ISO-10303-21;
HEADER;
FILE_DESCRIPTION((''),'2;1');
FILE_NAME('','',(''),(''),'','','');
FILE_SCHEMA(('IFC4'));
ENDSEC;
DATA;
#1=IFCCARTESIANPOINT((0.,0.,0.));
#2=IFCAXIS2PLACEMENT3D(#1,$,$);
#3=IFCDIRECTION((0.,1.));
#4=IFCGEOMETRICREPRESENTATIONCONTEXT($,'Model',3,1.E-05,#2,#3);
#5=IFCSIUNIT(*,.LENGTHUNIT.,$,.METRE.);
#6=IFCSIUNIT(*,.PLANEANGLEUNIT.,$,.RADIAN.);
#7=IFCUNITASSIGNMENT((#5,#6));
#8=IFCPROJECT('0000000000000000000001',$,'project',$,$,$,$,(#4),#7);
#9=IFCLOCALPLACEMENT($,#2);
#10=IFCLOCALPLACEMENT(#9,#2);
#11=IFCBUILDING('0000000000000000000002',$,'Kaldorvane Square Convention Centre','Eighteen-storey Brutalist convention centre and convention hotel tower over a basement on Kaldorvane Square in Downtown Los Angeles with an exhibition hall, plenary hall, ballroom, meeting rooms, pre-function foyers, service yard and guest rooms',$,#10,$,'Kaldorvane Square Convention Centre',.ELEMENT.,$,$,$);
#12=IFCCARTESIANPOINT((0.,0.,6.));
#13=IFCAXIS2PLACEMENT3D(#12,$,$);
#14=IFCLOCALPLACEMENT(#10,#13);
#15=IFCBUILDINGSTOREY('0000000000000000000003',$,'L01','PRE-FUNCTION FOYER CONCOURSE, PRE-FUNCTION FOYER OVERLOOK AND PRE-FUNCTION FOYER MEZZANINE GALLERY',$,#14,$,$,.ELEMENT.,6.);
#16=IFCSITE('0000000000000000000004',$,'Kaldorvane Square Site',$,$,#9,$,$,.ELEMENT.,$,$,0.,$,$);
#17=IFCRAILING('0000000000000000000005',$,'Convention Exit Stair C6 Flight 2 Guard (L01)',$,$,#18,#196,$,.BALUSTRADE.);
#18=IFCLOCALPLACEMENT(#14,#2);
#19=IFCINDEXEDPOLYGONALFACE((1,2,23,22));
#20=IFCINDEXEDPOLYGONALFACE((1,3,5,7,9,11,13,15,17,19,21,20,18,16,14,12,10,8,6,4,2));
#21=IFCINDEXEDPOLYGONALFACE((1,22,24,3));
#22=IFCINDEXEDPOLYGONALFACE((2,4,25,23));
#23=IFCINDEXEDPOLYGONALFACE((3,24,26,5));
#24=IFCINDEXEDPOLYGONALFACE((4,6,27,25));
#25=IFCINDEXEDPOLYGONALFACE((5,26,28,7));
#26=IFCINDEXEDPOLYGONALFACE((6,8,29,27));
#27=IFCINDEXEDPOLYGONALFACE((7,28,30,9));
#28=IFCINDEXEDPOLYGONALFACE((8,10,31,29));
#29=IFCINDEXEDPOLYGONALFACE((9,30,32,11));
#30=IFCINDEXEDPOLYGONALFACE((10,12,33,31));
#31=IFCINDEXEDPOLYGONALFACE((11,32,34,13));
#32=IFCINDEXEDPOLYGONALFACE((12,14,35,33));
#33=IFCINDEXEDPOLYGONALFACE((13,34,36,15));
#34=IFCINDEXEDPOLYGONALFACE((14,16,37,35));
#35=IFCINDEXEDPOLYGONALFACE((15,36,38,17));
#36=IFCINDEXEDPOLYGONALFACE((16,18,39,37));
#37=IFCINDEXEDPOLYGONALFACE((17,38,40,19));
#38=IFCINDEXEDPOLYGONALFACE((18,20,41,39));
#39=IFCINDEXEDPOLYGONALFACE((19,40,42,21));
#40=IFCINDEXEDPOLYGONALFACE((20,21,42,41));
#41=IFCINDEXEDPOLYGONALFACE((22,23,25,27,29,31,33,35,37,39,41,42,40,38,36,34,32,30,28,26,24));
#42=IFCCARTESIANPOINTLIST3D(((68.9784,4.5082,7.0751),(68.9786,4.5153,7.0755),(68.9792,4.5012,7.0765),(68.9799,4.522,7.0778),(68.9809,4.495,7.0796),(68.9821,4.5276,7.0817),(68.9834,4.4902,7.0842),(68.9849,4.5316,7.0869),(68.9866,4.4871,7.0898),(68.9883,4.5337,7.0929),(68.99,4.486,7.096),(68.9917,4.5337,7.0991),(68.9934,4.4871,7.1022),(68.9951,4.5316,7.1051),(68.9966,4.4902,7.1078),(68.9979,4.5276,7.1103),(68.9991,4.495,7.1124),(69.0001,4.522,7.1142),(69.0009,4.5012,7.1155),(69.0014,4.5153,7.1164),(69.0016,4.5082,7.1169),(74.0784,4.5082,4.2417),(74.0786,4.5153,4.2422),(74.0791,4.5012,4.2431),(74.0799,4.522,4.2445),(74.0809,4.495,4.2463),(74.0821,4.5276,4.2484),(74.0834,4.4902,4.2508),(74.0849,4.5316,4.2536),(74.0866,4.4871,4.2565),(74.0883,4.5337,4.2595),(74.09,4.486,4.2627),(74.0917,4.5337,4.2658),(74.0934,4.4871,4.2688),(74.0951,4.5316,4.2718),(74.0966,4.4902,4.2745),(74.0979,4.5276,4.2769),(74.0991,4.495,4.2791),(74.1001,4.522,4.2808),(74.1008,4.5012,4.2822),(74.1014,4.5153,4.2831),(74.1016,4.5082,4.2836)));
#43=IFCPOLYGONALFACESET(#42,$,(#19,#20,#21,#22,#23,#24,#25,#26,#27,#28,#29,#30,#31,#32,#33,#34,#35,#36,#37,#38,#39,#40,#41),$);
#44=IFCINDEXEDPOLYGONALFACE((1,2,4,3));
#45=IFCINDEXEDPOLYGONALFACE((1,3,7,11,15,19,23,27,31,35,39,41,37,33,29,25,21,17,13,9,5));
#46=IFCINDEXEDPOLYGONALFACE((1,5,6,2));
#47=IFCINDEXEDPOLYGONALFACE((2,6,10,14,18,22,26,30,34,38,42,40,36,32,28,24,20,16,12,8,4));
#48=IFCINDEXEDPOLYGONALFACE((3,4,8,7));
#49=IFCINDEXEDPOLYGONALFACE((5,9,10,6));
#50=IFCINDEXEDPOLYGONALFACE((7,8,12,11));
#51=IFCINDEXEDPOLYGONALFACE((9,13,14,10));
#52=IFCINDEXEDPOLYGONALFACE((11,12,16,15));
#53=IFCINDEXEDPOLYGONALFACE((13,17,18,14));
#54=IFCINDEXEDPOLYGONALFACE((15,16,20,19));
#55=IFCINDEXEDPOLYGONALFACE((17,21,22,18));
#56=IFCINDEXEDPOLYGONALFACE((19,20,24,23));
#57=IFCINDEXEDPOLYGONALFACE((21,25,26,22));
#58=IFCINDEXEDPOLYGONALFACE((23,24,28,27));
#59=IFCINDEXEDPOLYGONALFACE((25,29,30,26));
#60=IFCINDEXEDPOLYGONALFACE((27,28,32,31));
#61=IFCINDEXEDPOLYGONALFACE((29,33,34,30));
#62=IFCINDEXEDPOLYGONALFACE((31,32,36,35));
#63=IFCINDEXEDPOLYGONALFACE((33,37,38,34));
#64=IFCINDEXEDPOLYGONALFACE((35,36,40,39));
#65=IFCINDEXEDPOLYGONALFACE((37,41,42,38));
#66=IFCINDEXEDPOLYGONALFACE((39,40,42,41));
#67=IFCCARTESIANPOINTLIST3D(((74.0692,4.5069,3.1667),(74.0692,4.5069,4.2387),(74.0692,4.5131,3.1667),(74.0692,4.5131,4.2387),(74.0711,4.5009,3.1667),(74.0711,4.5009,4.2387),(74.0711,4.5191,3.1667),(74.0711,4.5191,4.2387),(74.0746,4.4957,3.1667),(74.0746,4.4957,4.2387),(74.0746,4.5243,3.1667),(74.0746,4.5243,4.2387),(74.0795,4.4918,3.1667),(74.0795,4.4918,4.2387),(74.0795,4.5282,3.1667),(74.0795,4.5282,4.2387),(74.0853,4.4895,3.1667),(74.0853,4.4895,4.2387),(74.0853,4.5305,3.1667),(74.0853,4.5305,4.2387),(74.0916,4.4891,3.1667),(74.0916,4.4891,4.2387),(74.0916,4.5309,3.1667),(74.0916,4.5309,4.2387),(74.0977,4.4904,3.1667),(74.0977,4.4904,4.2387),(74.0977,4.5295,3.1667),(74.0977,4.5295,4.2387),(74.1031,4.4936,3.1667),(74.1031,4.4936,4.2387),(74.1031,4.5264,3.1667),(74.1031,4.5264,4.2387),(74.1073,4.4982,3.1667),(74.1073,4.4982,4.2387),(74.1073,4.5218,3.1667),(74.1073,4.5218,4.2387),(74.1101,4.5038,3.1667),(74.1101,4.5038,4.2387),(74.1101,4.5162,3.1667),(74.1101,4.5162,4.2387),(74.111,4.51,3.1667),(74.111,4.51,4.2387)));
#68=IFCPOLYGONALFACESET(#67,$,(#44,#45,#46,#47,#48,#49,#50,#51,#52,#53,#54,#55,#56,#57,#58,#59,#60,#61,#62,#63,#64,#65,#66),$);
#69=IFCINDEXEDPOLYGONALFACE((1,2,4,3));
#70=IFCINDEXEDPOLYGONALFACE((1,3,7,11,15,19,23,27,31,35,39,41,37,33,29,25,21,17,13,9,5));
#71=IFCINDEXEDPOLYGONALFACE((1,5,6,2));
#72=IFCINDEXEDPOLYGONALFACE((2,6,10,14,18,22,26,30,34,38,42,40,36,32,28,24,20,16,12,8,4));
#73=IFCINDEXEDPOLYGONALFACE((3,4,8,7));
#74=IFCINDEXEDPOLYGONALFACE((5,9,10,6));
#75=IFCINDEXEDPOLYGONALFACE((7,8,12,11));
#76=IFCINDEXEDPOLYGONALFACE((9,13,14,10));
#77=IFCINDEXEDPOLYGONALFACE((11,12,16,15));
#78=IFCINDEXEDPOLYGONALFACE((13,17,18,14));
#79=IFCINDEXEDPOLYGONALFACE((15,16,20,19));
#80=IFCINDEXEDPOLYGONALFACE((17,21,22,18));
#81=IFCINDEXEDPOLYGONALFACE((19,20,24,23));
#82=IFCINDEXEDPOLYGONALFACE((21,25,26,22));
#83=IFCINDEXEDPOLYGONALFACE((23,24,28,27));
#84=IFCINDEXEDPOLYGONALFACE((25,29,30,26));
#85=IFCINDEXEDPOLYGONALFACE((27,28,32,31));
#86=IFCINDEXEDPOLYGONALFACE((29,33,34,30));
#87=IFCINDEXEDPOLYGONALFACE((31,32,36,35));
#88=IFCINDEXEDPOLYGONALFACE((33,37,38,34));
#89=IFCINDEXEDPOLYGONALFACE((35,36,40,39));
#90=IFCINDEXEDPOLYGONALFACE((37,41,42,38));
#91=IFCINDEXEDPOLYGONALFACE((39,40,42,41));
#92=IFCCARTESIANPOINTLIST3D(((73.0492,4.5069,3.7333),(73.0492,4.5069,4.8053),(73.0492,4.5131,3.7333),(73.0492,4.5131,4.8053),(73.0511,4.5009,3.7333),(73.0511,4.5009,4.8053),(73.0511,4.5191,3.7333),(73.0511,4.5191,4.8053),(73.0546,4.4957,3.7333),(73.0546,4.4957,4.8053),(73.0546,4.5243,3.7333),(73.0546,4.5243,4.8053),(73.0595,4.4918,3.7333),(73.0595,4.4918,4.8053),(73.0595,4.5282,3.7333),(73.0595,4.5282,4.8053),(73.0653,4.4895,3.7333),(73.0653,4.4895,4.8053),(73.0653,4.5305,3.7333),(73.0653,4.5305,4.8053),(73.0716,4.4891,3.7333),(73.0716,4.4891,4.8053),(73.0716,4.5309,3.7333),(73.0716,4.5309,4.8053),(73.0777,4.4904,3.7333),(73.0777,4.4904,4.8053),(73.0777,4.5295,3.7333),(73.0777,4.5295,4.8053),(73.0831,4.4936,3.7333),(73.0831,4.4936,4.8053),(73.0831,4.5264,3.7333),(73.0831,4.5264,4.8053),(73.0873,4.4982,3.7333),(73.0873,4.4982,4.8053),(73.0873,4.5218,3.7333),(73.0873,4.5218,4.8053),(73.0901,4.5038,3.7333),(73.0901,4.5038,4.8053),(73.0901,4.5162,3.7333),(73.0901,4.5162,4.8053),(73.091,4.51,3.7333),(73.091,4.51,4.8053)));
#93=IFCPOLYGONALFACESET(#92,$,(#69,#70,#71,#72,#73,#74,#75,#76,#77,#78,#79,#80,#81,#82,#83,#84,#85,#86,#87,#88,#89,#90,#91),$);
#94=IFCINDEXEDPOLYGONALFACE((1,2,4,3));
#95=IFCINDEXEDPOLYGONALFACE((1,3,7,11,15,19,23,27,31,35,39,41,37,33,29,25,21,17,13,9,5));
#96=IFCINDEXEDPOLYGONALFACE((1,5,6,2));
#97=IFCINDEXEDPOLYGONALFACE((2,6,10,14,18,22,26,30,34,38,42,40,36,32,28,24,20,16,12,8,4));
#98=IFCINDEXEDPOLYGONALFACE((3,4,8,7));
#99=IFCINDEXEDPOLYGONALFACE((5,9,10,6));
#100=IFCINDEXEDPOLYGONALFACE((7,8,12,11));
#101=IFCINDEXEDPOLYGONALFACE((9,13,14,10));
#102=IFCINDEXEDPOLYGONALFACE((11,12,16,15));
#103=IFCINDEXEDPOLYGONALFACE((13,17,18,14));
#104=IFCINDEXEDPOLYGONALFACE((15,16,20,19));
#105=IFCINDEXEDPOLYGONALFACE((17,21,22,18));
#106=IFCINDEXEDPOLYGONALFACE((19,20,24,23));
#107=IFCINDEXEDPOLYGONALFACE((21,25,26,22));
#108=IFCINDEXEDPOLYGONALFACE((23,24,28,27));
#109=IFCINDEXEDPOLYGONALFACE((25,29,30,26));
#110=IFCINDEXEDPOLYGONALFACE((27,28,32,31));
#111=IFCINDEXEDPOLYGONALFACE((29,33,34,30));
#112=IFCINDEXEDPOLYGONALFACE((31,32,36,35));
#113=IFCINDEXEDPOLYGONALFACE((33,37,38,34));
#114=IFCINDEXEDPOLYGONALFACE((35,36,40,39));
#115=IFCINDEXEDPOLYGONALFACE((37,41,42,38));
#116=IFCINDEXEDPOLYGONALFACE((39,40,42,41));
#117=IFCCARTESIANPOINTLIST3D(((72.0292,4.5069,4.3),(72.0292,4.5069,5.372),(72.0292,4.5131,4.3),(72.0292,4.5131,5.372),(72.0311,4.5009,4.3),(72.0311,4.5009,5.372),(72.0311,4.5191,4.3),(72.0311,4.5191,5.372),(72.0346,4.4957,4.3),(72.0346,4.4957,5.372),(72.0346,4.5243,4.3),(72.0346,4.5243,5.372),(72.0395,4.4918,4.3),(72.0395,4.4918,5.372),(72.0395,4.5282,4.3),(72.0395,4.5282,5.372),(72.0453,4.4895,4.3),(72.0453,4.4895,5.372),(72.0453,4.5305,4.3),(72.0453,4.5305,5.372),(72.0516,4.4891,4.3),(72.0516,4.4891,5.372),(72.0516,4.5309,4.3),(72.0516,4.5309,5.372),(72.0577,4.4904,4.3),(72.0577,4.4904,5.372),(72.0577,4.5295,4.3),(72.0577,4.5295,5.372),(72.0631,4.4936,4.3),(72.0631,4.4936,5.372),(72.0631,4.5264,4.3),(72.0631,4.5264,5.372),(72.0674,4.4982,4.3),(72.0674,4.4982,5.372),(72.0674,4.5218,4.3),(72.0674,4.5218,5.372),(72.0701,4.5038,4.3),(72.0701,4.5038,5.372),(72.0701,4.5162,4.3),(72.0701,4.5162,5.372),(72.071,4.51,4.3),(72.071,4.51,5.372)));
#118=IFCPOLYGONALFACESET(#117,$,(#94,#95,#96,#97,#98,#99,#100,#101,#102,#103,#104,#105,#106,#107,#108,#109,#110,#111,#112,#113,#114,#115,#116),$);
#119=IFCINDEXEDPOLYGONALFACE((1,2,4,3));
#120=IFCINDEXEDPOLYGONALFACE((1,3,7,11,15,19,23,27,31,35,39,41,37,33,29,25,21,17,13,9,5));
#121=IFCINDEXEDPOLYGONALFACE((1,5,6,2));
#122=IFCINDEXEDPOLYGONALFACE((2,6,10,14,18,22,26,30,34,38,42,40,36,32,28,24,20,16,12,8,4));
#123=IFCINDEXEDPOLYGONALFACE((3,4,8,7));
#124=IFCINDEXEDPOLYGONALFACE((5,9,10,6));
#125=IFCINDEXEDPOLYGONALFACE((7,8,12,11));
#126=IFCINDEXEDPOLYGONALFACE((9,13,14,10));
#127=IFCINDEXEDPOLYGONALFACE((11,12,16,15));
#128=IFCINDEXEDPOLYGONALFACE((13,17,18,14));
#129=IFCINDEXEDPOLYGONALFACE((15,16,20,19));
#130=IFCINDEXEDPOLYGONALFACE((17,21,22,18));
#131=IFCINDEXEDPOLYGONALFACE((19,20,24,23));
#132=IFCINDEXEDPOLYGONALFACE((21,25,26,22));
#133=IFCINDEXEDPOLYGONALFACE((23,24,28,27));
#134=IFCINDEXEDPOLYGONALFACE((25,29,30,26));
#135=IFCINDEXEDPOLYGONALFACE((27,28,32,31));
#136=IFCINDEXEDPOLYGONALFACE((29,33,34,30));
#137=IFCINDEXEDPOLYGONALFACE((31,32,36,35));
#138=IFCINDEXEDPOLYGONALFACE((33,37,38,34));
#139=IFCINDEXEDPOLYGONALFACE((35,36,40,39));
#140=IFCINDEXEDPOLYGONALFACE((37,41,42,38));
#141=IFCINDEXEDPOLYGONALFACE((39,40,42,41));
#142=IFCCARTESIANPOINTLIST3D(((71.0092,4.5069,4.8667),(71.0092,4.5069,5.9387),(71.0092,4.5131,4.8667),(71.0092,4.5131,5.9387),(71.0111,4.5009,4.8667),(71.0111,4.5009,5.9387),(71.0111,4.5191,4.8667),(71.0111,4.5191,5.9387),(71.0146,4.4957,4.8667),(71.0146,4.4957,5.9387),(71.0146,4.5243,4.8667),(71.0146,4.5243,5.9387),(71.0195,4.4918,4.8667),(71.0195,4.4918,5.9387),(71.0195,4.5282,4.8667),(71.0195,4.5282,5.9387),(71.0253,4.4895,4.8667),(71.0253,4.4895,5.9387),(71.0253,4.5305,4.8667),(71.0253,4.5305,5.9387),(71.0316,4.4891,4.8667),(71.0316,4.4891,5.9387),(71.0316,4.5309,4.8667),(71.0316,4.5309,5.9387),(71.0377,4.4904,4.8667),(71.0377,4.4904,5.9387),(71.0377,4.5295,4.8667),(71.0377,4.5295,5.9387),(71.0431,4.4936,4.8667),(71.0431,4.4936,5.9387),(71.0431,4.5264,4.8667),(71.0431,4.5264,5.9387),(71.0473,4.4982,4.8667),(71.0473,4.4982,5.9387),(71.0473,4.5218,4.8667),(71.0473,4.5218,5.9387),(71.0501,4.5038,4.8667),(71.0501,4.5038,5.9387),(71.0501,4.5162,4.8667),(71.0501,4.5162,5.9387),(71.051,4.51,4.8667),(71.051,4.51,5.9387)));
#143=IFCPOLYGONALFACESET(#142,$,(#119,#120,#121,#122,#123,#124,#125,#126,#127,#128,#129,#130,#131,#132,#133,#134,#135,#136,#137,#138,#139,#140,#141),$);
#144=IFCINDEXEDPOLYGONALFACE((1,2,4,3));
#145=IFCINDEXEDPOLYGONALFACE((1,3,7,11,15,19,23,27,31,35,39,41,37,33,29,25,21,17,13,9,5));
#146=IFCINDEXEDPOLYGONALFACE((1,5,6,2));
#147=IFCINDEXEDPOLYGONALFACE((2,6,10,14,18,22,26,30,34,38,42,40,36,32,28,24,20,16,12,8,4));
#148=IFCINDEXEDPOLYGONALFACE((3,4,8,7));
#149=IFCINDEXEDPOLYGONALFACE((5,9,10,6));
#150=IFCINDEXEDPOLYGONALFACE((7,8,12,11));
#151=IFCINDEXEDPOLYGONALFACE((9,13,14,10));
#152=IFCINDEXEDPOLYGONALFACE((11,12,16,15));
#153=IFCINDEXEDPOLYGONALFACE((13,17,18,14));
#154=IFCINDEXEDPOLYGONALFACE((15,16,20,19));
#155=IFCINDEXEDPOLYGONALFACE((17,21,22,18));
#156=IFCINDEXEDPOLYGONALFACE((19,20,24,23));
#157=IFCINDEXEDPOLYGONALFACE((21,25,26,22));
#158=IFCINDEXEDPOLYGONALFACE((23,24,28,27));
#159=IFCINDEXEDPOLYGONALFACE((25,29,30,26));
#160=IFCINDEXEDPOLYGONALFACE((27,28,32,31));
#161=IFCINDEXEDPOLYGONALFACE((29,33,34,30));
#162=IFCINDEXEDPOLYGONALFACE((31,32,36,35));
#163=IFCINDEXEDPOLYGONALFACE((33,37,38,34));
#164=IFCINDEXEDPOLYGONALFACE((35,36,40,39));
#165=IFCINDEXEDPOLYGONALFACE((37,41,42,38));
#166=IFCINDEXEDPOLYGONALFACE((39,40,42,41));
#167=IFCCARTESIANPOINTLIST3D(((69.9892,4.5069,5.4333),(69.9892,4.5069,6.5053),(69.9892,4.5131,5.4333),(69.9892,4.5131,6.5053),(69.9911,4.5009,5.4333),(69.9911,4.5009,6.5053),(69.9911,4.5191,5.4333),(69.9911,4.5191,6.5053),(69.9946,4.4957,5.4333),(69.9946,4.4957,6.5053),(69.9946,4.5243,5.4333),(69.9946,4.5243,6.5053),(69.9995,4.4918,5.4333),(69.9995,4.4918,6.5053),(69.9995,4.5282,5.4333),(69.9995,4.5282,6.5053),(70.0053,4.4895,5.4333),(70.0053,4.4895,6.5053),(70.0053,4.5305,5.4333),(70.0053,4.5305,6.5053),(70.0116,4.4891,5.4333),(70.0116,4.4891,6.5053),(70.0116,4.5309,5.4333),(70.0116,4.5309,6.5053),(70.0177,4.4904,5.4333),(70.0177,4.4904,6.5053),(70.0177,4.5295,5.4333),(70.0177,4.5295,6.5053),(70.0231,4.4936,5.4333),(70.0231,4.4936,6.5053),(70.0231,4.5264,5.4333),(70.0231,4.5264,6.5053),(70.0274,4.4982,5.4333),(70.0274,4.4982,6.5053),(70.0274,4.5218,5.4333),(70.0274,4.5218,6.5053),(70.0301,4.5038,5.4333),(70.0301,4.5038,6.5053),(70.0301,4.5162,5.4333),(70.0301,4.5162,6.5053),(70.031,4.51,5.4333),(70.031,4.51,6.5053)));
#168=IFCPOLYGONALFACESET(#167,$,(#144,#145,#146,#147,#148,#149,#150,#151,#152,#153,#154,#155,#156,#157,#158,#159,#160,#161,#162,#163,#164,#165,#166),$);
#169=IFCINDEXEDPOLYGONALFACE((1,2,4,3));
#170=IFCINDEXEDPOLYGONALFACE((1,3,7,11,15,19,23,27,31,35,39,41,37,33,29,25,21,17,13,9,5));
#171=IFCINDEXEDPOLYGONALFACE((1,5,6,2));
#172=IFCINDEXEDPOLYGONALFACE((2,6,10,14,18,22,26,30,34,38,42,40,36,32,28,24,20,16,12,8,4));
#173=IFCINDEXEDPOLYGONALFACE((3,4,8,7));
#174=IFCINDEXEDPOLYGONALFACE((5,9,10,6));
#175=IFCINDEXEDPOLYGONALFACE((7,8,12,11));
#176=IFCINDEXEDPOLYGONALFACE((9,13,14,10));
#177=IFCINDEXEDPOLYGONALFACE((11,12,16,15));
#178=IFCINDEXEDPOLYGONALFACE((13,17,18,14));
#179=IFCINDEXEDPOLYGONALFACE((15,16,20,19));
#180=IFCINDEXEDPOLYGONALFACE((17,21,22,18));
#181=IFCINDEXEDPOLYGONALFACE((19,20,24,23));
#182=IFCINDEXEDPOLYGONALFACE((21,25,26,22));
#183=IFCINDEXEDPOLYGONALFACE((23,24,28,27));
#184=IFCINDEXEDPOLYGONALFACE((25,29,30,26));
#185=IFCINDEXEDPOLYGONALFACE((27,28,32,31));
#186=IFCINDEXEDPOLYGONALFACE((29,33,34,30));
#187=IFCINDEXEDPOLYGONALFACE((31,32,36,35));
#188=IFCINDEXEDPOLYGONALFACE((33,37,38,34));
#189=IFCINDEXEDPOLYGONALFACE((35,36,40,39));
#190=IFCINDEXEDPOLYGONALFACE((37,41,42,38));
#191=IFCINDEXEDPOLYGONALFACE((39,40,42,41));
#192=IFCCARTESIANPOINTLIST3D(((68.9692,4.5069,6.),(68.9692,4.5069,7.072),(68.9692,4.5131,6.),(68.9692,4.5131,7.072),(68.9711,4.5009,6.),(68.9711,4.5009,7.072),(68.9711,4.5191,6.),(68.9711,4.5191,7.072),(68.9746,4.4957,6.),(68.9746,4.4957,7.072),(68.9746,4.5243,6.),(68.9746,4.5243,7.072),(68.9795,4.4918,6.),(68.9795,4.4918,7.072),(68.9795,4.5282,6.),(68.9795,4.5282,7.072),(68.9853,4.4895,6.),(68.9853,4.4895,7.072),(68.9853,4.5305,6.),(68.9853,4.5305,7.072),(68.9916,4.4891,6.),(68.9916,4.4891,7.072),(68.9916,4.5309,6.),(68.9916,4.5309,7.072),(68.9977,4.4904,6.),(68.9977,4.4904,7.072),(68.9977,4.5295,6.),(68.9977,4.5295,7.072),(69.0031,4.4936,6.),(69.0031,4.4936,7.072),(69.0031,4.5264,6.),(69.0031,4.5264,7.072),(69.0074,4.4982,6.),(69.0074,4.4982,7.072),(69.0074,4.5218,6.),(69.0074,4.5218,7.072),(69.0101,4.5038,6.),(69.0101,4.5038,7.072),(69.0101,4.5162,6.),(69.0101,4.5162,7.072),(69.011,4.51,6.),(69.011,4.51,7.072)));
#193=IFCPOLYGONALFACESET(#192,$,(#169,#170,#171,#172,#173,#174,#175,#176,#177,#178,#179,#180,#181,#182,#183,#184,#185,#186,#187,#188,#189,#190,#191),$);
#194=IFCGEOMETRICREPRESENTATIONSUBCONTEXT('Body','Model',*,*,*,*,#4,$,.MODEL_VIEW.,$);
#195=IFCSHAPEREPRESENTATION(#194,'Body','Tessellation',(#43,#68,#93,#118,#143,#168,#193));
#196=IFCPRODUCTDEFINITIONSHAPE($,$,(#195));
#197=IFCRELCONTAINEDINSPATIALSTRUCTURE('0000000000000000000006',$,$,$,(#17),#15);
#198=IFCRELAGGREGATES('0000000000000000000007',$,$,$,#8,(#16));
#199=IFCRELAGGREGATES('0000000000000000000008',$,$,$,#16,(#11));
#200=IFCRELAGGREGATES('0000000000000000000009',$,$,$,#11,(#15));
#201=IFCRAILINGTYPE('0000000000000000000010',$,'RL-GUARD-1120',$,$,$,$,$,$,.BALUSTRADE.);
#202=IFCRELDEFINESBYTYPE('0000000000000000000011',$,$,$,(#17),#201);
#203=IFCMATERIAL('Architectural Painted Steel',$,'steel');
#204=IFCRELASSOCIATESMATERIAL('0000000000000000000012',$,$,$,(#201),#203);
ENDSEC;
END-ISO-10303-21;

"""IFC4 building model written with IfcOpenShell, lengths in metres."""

from ifc_helpers import new_model, si_unit, direction, frame, origin, origin_2d, place, context, subcontext, project, spatial, circle, extrude, material, type_object, element, save


model = new_model("IFC4")

# Units and contexts
model_context = context("Model", 3, precision=1e-05, world=origin(), true_north=direction((0.0, 1.0)))
body_context = subcontext(model_context, "Body", "Model", "MODEL_VIEW")
ifc_project = project(units=[si_unit("LENGTHUNIT", "METRE"), si_unit("PLANEANGLEUNIT", "RADIAN")], contexts=[model_context])

# Site, building, storey
site_placement = place(None, origin())
site = spatial("IfcSite", under=ifc_project, at=site_placement, Name="Kaldorvane Square Site", CompositionType="ELEMENT", RefElevation=0.0)
building_placement = place(site_placement, origin())
building = spatial("IfcBuilding", under=site, at=building_placement, Name="Kaldorvane Square Convention Centre", Description="Eighteen-storey Brutalist convention centre and convention hotel tower over a basement on Kaldorvane Square in Downtown Los Angeles with an exhibition hall, plenary hall, ballroom, meeting rooms, pre-function foyers, service yard and guest rooms", LongName="Kaldorvane Square Convention Centre", CompositionType="ELEMENT")
storey_placement = place(building_placement, frame((0.0, 0.0, 6.0)))
storey = spatial("IfcBuildingStorey", under=building, at=storey_placement, Name="L01", Description="PRE-FUNCTION FOYER CONCOURSE, PRE-FUNCTION FOYER OVERLOOK AND PRE-FUNCTION FOYER MEZZANINE GALLERY", CompositionType="ELEMENT", Elevation=6.0)

# Railing
ifc_material_1 = material(Name="Architectural Painted Steel", Category="steel")
railing_type_1 = type_object("IfcRailingType", Name="RL-GUARD-1120", PredefinedType="BALUSTRADE", material=ifc_material_1)
railing_1_placement = place(storey_placement, frame((74.09, 4.51, 3.1667)))
element("IfcRailing", 1, at=railing_1_placement, inside=storey, type_object=railing_type_1, Name="Convention Exit Stair C6 Flight 2 Guard (L01)", PredefinedType="BALUSTRADE", context=body_context, shape_type="SweptSolid", body=[
    extrude(circle(Radius=0.024, at=origin_2d()), frame((0.0, 0.0, 1.096), z_axis=(-0.874157, 0.0, 0.485643), x_axis=(0.0, -1.0, 0.0)), (0.0, 0.0, 1.0), 5.8342),
    extrude(circle(Radius=0.021, at=origin_2d()), origin(), (0.0, 0.0, 1.0), 1.072),
    extrude(circle(Radius=0.021, at=origin_2d()), frame((-1.02, 0.0, 0.5667)), (0.0, 0.0, 1.0), 1.072),
    extrude(circle(Radius=0.021, at=origin_2d()), frame((-2.04, 0.0, 1.1333)), (0.0, 0.0, 1.0), 1.072),
    extrude(circle(Radius=0.021, at=origin_2d()), frame((-3.06, 0.0, 1.7)), (0.0, 0.0, 1.0), 1.072),
    extrude(circle(Radius=0.021, at=origin_2d()), frame((-4.08, 0.0, 2.2667)), (0.0, 0.0, 1.0), 1.072),
    extrude(circle(Radius=0.021, at=origin_2d()), frame((-5.1, 0.0, 2.8333)), (0.0, 0.0, 1.0), 1.072),
])

save(model, "model.ifc")
